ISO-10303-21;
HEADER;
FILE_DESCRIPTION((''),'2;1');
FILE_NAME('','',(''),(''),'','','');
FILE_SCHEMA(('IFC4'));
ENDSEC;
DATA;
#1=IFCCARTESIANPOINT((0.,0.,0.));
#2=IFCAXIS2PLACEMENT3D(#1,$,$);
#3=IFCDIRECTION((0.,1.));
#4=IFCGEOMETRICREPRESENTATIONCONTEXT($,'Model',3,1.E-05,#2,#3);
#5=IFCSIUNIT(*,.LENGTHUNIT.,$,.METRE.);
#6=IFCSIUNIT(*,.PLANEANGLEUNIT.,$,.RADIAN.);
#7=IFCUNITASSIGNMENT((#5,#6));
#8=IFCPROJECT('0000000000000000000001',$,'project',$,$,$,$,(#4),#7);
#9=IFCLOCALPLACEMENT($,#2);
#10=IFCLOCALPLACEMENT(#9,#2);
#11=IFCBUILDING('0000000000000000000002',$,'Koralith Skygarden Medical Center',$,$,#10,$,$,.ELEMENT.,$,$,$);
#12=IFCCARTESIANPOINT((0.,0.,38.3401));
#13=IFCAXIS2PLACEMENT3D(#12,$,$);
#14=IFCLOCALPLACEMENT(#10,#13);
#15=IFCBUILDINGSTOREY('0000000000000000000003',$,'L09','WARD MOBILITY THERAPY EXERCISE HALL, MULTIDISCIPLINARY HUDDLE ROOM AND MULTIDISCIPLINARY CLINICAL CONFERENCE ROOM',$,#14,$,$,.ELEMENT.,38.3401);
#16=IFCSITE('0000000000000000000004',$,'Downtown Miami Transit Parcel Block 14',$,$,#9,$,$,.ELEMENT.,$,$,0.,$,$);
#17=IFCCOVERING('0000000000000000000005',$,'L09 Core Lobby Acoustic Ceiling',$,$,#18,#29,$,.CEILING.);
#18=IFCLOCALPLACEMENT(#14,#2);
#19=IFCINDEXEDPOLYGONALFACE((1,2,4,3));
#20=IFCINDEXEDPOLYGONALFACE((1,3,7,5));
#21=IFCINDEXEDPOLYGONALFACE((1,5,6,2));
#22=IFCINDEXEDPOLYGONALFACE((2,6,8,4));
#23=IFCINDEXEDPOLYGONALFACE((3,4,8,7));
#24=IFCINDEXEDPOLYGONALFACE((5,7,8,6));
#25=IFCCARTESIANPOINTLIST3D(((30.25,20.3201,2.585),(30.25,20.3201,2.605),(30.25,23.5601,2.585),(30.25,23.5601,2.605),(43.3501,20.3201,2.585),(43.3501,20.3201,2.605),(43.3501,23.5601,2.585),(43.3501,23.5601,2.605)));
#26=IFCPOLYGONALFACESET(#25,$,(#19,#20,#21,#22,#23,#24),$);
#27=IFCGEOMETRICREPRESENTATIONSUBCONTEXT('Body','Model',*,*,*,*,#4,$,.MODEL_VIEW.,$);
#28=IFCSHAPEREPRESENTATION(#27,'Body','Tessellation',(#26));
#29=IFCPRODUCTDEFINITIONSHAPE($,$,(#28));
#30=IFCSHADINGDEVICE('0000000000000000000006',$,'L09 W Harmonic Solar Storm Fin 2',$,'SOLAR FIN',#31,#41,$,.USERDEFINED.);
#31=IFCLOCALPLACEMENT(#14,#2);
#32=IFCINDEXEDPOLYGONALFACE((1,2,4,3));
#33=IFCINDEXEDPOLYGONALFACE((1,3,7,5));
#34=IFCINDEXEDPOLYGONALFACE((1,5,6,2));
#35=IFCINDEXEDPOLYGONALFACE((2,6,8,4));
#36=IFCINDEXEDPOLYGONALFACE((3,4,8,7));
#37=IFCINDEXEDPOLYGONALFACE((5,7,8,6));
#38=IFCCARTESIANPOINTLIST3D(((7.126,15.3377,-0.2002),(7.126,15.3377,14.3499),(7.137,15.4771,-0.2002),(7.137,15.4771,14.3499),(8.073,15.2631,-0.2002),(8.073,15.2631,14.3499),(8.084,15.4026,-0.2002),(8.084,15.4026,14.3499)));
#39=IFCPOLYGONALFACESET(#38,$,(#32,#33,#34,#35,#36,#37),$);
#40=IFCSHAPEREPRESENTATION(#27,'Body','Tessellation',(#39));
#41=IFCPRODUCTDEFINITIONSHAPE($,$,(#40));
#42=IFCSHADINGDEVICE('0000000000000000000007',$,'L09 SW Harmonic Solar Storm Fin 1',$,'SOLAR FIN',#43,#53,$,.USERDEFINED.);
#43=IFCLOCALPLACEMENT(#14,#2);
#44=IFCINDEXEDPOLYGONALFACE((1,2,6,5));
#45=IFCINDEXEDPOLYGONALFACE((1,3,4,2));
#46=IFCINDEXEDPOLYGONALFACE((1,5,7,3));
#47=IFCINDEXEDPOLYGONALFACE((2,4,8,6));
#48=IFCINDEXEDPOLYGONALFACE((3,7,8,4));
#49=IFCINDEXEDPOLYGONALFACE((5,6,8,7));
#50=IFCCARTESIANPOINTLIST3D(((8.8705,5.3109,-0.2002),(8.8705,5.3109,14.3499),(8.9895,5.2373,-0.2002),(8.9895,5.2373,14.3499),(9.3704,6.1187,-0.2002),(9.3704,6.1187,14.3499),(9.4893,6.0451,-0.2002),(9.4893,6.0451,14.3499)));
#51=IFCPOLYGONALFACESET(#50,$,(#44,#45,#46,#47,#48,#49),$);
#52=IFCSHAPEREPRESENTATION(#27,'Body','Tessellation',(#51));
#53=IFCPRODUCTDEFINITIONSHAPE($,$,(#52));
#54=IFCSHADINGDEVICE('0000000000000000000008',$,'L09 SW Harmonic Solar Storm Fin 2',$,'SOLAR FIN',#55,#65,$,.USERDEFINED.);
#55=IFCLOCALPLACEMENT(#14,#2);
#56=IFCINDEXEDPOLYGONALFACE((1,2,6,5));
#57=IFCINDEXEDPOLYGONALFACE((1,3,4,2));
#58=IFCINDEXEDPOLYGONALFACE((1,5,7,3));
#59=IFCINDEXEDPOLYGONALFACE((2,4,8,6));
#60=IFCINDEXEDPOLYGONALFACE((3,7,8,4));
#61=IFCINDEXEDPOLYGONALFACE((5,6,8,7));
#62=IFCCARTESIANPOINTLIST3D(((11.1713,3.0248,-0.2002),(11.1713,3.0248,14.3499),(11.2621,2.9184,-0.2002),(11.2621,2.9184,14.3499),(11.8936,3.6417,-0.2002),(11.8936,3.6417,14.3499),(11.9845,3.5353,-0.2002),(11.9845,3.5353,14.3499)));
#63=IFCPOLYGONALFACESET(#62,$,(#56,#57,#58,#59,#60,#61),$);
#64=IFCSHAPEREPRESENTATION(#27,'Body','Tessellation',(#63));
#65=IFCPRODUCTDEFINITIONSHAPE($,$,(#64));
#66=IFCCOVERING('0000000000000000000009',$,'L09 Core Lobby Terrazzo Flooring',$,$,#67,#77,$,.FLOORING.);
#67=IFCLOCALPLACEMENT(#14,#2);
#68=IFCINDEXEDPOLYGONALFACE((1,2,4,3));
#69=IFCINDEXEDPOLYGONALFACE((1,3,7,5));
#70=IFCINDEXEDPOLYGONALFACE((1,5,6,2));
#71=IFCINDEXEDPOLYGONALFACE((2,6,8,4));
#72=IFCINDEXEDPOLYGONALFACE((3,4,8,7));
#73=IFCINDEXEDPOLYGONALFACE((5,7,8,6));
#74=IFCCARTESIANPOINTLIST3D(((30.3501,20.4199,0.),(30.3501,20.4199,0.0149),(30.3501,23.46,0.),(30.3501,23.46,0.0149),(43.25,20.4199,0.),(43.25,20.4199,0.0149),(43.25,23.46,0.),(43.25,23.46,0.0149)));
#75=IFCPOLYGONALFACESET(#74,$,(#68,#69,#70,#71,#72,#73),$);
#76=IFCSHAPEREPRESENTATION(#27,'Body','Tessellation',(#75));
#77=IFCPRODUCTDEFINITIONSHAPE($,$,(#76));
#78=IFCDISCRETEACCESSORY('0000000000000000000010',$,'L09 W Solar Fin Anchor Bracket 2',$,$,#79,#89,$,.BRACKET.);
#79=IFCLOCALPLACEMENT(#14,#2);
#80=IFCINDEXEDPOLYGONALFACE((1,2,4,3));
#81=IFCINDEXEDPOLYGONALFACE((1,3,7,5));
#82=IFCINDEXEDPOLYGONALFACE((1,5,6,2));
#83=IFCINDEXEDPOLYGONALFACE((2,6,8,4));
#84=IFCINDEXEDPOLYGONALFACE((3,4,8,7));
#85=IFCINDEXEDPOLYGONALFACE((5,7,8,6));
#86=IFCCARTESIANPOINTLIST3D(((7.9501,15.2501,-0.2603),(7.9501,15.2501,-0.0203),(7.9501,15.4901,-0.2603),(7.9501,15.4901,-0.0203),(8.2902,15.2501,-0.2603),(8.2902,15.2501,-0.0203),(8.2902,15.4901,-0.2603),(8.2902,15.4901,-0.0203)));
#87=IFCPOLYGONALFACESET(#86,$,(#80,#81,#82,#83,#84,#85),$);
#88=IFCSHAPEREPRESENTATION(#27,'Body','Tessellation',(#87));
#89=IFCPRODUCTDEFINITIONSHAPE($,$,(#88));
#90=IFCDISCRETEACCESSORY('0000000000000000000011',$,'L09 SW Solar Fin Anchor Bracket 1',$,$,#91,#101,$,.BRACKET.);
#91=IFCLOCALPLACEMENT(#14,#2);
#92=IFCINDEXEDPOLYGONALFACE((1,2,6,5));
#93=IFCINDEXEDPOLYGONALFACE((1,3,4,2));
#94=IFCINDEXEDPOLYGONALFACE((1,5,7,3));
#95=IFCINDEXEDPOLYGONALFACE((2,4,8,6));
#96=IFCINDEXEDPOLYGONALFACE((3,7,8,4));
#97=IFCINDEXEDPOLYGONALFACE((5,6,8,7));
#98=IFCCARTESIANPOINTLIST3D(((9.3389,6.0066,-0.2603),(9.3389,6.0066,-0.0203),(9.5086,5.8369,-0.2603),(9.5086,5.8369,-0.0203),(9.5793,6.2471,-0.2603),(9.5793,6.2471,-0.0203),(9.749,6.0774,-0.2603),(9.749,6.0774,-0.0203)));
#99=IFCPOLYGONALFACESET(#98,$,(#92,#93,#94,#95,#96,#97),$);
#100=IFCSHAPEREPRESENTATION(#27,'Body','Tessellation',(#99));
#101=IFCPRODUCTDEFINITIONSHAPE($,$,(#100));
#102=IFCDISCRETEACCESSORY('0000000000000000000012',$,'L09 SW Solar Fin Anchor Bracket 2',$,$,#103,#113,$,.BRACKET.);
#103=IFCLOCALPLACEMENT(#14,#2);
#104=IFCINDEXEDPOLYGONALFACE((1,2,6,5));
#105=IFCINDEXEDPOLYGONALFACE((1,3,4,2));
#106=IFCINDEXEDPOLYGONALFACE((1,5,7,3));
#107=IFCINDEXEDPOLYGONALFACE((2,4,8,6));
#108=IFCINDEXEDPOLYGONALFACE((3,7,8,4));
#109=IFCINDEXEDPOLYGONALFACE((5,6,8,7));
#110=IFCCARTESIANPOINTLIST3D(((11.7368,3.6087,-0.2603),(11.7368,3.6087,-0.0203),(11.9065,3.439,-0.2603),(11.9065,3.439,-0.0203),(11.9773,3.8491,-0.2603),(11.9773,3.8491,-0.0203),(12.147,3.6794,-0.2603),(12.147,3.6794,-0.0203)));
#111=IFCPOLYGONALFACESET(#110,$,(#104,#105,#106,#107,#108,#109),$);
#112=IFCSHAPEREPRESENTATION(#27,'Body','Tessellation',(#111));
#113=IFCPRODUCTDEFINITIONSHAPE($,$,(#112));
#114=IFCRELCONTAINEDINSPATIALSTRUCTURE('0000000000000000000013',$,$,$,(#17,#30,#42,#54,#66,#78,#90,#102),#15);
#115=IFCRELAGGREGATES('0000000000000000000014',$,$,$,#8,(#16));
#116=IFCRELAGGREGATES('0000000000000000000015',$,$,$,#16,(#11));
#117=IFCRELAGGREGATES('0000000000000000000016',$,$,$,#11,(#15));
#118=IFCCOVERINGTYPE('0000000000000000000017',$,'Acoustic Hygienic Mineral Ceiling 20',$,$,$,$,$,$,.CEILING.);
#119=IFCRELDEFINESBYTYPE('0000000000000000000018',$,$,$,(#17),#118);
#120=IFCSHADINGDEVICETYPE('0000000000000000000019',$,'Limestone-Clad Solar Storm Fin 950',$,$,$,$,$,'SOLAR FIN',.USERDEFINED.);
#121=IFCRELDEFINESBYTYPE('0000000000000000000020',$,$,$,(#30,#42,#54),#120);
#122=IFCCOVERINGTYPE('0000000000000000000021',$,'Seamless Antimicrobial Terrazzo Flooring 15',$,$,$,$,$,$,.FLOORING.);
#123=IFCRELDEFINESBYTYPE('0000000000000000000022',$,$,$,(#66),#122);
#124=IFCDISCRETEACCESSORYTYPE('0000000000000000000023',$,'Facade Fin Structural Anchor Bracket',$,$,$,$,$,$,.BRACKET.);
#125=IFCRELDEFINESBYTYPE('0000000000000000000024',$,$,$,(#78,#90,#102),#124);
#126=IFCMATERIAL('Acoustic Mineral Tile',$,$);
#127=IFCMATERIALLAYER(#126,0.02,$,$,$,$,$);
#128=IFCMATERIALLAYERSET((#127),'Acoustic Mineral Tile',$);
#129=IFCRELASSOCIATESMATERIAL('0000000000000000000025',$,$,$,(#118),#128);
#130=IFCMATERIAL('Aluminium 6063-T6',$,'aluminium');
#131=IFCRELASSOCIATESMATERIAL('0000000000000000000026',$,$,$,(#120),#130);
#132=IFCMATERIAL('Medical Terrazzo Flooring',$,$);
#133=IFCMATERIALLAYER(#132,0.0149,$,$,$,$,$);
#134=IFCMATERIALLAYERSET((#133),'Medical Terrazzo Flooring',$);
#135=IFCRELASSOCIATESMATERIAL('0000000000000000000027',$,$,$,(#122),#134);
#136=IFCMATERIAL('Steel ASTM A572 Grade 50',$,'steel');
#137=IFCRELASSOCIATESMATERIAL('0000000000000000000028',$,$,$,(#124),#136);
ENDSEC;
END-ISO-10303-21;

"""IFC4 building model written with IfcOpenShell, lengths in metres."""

from ifc_helpers import new_model, si_unit, direction, frame, origin, origin_2d, place, context, subcontext, project, spatial, polyline, rectangle, outline, extrude, material, layer, layer_set, type_object, element, save


model = new_model("IFC4")

# Units and contexts
model_context = context("Model", 3, precision=1e-05, world=origin(), true_north=direction((0.0, 1.0)))
body_context = subcontext(model_context, "Body", "Model", "MODEL_VIEW")
ifc_project = project(units=[si_unit("LENGTHUNIT", "METRE"), si_unit("PLANEANGLEUNIT", "RADIAN")], contexts=[model_context])

# Site, building, storey
site_placement = place(None, origin())
site = spatial("IfcSite", under=ifc_project, at=site_placement, Name="Downtown Miami Transit Parcel Block 14", CompositionType="ELEMENT", RefElevation=0.0)
building_placement = place(site_placement, origin())
building = spatial("IfcBuilding", under=site, at=building_placement, Name="Koralith Skygarden Medical Center", CompositionType="ELEMENT")
storey_placement = place(building_placement, frame((0.0, 0.0, 38.3401)))
storey = spatial("IfcBuildingStorey", under=building, at=storey_placement, Name="L09", Description="WARD MOBILITY THERAPY EXERCISE HALL, MULTIDISCIPLINARY HUDDLE ROOM AND MULTIDISCIPLINARY CLINICAL CONFERENCE ROOM", CompositionType="ELEMENT", Elevation=38.3401)

# Shared definitions
ifc_material_1 = material(Name="Aluminium 6063-T6", Category="aluminium")

# Covering
ifc_material_2 = material(Name="Acoustic Mineral Tile")
ifc_layer_1 = layer(ifc_material_2, 0.02)
ifc_layer_set_1 = layer_set([ifc_layer_1], Name="Acoustic Mineral Tile")
covering_type_1 = type_object("IfcCoveringType", Name="Acoustic Hygienic Mineral Ceiling 20", PredefinedType="CEILING", material=ifc_layer_set_1)
covering_1_placement = place(storey_placement, frame((0.0, 0.0, 2.585)))
element("IfcCovering", 1, at=covering_1_placement, inside=storey, type_object=covering_type_1, Name="L09 Core Lobby Acoustic Ceiling", PredefinedType="CEILING", context=body_context, shape_type="SweptSolid", body=[
    extrude(outline(polyline([(30.25, 20.3201), (43.3501, 20.3201), (43.3501, 23.5601), (30.25, 23.5601), (30.25, 20.3201)])), origin(), (0.0, 0.0, 1.0), 0.02),
])

# Shading devices
shading_device_type = type_object("IfcShadingDeviceType", Name="Limestone-Clad Solar Storm Fin 950", ElementType="SOLAR FIN", PredefinedType="USERDEFINED", material=ifc_material_1)
for number, where, z_axis, x_axis, name in (
    (2, (7.605, 15.3701, -0.2002), (0.0, 0.0, 1.0), (-0.996915, 0.078494, 0.0), "L09 W Harmonic Solar Storm Fin 2"),
    (3, (9.1799, 5.678, -0.2002), (0.0, 0.0, 1.0), (-0.526169, -0.85038, 0.0), "L09 SW Harmonic Solar Storm Fin 1"),
    (4, (11.5779, 3.28, -0.2002), (0.0, 0.0, 1.0), (-0.760429, -0.649422, 0.0), "L09 SW Harmonic Solar Storm Fin 2"),
):
    element("IfcShadingDevice", number, at=place(storey_placement, frame(where, z_axis=z_axis, x_axis=x_axis)), inside=storey, type_object=shading_device_type, Name=name, ObjectType="SOLAR FIN", PredefinedType="USERDEFINED", context=body_context, shape_type="SweptSolid", body=[
        extrude(rectangle(XDim=0.95, YDim=0.1399, at=origin_2d()), origin(), (0.0, 0.0, 1.0), 14.55),
    ])

# Covering
ifc_material_3 = material(Name="Medical Terrazzo Flooring")
ifc_layer_2 = layer(ifc_material_3, 0.0149)
ifc_layer_set_2 = layer_set([ifc_layer_2], Name="Medical Terrazzo Flooring")
covering_type_2 = type_object("IfcCoveringType", Name="Seamless Antimicrobial Terrazzo Flooring 15", PredefinedType="FLOORING", material=ifc_layer_set_2)
covering_2_placement = place(storey_placement, origin())
element("IfcCovering", 5, at=covering_2_placement, inside=storey, type_object=covering_type_2, Name="L09 Core Lobby Terrazzo Flooring", PredefinedType="FLOORING", context=body_context, shape_type="SweptSolid", body=[
    extrude(outline(polyline([(30.3501, 20.4199), (43.25, 20.4199), (43.25, 23.46), (30.3501, 23.46), (30.3501, 20.4199)])), origin(), (0.0, 0.0, 1.0), 0.0149),
])

# Discrete accessories
ifc_material_4 = material(Name="Steel ASTM A572 Grade 50", Category="steel")
discrete_accessory_type = type_object("IfcDiscreteAccessoryType", Name="Facade Fin Structural Anchor Bracket", PredefinedType="BRACKET", material=ifc_material_4)
for number, where, z_axis, x_axis, name in (
    (6, (8.1201, 15.3701, -0.2603), (0.0, 0.0, 1.0), (-1.0, 0.0, 0.0), "L09 W Solar Fin Anchor Bracket 2"),
    (7, (9.5439, 6.042, -0.2603), (0.0, 0.0, 1.0), (-0.707107, -0.707107, 0.0), "L09 SW Solar Fin Anchor Bracket 1"),
    (8, (11.9419, 3.644, -0.2603), (0.0, 0.0, 1.0), (-0.707107, -0.707107, 0.0), "L09 SW Solar Fin Anchor Bracket 2"),
):
    element("IfcDiscreteAccessory", number, at=place(storey_placement, frame(where, z_axis=z_axis, x_axis=x_axis)), inside=storey, type_object=discrete_accessory_type, Name=name, PredefinedType="BRACKET", context=body_context, shape_type="SweptSolid", body=[
        extrude(rectangle(XDim=0.3401, YDim=0.24, at=origin_2d()), origin(), (0.0, 0.0, 1.0), 0.24),
    ])

save(model, "model.ifc")
